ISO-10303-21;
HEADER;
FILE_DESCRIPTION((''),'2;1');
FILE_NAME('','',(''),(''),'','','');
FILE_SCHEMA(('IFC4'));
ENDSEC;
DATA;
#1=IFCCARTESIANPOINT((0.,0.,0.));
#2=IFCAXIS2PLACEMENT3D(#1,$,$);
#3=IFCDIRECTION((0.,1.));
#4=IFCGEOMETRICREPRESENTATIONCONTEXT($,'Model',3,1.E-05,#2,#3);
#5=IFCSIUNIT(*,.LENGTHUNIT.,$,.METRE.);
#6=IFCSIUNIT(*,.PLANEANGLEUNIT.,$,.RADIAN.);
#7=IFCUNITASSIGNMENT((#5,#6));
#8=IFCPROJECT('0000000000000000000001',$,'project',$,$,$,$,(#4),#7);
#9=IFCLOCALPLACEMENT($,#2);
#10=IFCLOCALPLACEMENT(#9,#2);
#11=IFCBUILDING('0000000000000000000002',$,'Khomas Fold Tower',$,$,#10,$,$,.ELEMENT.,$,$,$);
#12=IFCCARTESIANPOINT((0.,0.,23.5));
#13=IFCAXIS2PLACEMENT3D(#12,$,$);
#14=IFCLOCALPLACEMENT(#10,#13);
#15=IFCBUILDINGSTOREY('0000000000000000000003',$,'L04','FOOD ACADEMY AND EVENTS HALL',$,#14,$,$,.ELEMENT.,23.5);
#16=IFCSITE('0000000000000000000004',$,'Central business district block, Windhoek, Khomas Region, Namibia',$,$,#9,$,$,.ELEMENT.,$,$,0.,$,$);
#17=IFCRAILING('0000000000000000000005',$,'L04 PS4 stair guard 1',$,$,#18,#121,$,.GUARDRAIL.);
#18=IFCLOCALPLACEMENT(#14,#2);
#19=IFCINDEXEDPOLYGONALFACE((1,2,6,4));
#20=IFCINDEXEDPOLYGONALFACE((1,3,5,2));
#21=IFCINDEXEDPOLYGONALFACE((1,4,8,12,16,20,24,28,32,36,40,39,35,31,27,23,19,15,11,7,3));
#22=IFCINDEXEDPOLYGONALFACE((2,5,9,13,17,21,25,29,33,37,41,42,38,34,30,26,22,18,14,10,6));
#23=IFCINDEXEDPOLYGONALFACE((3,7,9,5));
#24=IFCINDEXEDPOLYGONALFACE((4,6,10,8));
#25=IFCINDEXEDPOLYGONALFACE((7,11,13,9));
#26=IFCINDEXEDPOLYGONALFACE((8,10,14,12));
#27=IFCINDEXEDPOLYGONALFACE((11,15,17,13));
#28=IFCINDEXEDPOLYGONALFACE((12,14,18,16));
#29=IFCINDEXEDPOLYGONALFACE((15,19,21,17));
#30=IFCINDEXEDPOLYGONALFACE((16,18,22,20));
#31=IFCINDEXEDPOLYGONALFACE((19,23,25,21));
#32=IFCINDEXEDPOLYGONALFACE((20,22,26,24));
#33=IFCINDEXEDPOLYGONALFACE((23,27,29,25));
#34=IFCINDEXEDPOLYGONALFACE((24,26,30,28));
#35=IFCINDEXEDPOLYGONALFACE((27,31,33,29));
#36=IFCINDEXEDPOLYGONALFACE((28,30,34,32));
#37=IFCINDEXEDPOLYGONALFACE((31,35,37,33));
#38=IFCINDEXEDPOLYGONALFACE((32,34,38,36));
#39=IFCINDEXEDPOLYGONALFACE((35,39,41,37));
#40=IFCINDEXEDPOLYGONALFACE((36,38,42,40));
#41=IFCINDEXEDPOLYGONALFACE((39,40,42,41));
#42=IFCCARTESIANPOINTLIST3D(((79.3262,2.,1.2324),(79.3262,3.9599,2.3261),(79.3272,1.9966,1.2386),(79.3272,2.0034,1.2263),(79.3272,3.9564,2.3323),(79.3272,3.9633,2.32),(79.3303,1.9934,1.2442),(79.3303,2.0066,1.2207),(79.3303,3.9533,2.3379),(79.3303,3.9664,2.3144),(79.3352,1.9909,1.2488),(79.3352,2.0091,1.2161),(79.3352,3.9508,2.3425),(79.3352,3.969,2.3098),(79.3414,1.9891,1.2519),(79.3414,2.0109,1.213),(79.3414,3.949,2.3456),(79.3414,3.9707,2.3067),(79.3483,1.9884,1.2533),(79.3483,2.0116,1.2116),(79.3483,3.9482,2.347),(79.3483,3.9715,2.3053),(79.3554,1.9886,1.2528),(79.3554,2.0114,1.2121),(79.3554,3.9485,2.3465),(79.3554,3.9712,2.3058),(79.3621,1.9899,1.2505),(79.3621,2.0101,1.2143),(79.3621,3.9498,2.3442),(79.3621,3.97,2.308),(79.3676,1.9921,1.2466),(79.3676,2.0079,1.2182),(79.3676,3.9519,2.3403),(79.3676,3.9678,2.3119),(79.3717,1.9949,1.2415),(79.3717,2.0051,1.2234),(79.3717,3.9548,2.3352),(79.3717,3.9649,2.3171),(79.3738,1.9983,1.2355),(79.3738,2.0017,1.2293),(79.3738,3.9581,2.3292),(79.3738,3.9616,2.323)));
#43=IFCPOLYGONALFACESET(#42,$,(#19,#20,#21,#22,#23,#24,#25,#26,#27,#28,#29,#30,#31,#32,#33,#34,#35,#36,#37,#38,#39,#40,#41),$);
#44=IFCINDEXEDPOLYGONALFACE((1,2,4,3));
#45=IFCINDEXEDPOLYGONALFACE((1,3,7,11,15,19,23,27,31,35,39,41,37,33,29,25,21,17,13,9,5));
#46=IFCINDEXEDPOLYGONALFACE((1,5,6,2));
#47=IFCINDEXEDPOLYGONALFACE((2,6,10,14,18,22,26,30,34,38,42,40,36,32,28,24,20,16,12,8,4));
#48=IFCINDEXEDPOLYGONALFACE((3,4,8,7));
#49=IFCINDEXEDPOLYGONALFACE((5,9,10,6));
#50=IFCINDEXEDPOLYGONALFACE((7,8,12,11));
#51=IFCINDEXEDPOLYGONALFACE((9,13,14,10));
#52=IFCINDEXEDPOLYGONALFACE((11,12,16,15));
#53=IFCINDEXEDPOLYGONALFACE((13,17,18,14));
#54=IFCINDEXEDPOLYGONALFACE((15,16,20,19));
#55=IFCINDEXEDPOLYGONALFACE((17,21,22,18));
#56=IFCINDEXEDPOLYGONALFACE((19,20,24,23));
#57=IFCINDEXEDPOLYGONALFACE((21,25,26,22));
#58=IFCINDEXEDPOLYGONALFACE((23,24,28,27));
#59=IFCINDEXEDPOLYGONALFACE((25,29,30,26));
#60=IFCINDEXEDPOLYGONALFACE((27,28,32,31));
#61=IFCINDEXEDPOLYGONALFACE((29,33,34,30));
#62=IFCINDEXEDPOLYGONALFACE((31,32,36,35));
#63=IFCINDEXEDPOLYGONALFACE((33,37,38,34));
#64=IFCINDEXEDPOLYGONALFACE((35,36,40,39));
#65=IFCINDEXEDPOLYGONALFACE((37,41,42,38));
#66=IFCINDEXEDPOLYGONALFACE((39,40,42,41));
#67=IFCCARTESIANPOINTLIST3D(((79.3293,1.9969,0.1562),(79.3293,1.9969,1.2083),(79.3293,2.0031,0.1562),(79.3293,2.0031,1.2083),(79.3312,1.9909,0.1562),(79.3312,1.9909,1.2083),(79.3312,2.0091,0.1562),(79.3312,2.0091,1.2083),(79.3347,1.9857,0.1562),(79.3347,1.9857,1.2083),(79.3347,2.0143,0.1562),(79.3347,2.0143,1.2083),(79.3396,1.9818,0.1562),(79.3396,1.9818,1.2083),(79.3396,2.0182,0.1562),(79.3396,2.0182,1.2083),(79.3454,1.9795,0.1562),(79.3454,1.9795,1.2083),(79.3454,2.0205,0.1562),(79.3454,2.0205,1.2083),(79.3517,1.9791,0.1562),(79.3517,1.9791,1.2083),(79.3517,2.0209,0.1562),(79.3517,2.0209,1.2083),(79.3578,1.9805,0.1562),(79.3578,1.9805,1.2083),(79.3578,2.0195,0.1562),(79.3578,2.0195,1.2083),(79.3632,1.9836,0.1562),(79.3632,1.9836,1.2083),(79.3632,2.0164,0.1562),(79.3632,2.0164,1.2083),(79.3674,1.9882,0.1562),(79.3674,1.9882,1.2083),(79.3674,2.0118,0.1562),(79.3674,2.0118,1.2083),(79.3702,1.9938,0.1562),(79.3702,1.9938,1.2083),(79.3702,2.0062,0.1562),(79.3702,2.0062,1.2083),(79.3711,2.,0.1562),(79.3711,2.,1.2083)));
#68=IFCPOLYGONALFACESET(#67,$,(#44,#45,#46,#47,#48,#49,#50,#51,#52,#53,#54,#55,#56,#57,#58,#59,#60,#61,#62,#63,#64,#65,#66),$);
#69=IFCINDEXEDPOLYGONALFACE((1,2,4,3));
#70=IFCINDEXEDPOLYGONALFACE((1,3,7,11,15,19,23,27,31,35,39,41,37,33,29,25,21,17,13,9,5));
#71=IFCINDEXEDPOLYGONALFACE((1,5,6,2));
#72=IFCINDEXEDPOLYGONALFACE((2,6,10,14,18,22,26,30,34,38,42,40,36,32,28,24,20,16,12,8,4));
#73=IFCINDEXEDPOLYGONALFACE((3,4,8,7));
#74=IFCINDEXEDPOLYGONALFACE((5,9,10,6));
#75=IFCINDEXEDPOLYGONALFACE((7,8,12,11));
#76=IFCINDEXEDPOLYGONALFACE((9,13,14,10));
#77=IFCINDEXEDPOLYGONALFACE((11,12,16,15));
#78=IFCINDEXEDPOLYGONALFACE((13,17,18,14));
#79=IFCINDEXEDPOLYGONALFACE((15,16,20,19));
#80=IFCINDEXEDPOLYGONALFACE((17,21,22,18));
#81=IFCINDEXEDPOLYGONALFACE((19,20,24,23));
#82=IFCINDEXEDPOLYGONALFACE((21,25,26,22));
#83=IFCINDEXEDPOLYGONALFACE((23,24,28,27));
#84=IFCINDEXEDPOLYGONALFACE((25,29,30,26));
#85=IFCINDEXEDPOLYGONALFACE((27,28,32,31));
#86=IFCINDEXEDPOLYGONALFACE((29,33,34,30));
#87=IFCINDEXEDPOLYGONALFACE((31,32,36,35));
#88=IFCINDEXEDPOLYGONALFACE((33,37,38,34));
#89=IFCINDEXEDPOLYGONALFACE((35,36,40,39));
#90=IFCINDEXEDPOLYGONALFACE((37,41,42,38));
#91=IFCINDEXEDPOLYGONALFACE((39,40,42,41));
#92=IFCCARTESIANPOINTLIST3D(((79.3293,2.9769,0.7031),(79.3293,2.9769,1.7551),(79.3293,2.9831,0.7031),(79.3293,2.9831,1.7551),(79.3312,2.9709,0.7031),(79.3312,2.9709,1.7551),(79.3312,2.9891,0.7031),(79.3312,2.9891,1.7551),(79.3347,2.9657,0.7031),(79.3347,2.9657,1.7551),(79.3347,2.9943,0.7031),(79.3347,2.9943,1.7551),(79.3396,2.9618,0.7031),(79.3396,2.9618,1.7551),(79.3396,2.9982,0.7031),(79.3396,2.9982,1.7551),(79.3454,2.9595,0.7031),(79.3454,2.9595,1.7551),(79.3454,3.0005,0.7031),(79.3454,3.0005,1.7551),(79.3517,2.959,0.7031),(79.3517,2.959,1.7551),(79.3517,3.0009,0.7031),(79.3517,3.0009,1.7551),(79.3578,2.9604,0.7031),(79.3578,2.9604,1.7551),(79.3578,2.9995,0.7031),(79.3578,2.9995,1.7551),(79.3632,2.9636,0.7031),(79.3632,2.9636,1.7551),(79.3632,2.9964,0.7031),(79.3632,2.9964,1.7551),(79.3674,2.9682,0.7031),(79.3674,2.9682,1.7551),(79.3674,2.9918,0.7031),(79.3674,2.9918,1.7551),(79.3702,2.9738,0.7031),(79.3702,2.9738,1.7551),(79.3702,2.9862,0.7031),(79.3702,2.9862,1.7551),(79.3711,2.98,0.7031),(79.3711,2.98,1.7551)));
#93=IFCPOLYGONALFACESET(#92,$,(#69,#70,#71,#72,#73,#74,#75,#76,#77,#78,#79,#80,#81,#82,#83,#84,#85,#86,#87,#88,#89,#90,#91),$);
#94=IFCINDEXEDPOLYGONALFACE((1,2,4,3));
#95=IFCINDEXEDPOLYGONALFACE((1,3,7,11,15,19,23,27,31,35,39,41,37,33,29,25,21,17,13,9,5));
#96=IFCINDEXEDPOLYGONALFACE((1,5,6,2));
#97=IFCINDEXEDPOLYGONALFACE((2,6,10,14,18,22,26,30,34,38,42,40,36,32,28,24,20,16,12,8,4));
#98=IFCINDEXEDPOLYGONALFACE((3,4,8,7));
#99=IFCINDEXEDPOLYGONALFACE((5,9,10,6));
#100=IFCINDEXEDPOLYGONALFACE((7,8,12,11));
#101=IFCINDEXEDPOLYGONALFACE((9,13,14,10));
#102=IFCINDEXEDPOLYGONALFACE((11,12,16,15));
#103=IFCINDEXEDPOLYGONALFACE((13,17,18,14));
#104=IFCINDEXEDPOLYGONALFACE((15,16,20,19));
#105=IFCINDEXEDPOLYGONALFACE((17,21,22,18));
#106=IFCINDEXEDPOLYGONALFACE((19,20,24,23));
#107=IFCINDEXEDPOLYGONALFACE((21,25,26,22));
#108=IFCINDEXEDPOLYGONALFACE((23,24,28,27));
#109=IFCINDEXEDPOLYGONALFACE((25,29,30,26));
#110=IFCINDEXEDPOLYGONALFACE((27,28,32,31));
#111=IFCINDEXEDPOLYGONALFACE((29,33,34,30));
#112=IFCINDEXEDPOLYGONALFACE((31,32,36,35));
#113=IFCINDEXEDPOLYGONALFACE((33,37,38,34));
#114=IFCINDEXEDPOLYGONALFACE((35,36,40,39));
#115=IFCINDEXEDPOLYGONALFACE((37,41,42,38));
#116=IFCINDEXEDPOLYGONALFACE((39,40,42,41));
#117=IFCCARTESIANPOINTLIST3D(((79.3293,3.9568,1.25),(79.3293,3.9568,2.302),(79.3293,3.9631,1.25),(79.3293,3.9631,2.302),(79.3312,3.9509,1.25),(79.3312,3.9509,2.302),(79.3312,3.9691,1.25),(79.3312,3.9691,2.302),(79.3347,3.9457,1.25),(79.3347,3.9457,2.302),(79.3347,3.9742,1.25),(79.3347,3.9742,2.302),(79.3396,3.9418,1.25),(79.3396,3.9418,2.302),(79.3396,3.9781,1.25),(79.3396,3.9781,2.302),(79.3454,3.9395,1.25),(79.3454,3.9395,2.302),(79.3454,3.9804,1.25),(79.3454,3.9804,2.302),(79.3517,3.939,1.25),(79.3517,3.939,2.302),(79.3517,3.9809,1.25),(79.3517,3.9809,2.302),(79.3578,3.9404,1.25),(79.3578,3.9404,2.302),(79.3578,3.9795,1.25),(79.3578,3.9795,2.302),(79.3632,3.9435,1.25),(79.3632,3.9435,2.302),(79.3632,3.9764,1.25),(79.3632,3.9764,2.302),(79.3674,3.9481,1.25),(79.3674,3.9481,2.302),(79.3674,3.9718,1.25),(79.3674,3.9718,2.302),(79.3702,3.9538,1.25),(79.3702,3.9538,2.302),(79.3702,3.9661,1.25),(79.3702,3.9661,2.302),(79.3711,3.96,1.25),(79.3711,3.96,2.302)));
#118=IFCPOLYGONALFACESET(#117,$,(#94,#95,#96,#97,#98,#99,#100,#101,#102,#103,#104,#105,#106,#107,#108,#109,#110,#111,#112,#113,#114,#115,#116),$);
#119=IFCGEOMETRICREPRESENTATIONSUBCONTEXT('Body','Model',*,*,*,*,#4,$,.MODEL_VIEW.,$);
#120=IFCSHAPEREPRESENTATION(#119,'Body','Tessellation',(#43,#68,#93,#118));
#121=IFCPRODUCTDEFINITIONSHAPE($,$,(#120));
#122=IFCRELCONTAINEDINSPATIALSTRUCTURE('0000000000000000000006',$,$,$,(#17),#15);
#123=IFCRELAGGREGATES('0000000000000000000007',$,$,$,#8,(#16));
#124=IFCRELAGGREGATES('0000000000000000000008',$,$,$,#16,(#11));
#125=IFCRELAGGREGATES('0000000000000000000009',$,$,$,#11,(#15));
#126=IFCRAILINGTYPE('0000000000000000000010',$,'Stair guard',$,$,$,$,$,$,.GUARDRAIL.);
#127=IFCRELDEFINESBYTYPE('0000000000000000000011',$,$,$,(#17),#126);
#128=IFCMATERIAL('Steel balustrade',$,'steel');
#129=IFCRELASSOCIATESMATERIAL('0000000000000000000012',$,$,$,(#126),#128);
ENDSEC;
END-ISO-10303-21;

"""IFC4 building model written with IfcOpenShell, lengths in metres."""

from ifc_helpers import new_model, si_unit, direction, frame, origin, origin_2d, place, context, subcontext, project, spatial, circle, extrude, source, transform, mapped, material, type_object, element, save


model = new_model("IFC4")

# Units and contexts
model_context = context("Model", 3, precision=1e-05, world=origin(), true_north=direction((0.0, 1.0)))
body_context = subcontext(model_context, "Body", "Model", "MODEL_VIEW")
ifc_project = project(units=[si_unit("LENGTHUNIT", "METRE"), si_unit("PLANEANGLEUNIT", "RADIAN")], contexts=[model_context])

# Site, building, storey
site_placement = place(None, origin())
site = spatial("IfcSite", under=ifc_project, at=site_placement, Name="Central business district block, Windhoek, Khomas Region, Namibia", CompositionType="ELEMENT", RefElevation=0.0)
building_placement = place(site_placement, origin())
building = spatial("IfcBuilding", under=site, at=building_placement, Name="Khomas Fold Tower", CompositionType="ELEMENT")
storey_placement = place(building_placement, frame((0.0, 0.0, 23.5)))
storey = spatial("IfcBuildingStorey", under=building, at=storey_placement, Name="L04", Description="FOOD ACADEMY AND EVENTS HALL", CompositionType="ELEMENT", Elevation=23.5)

# Railing
ifc_material_1 = material(Name="Steel balustrade", Category="steel")
railing_type_1 = type_object("IfcRailingType", Name="Stair guard", PredefinedType="GUARDRAIL", material=ifc_material_1)
shared_shape_1 = source(origin(), body_context, "Body", "SweptSolid", [
    extrude(circle(Radius=0.0239, at=origin_2d()), frame((0.0, 0.0, 1.0762), z_axis=(0.0, 0.873232, 0.487304), x_axis=(-1.0, 0.0, 0.0)), (0.0, 0.0, 1.0), 2.2444),
    extrude(circle(Radius=0.021, at=origin_2d()), origin(), (0.0, 0.0, 1.0), 1.052),
    extrude(circle(Radius=0.021, at=origin_2d()), frame((0.0, 0.98, 0.5469)), (0.0, 0.0, 1.0), 1.052),
    extrude(circle(Radius=0.021, at=origin_2d()), frame((0.0, 1.96, 1.0938)), (0.0, 0.0, 1.0), 1.052),
])
for number, where, name in (
    (1, (79.3501, 2.0, 0.1562), "L04 PS4 stair guard 1"),
):
    element("IfcRailing", number, at=place(storey_placement, frame(where)), inside=storey, type_object=railing_type_1, Name=name, PredefinedType="GUARDRAIL", context=body_context, shape_type="MappedRepresentation", body=[
        mapped(shared_shape_1, transform((0.0, 0.0, 0.0))),
    ])

save(model, "model.ifc")
